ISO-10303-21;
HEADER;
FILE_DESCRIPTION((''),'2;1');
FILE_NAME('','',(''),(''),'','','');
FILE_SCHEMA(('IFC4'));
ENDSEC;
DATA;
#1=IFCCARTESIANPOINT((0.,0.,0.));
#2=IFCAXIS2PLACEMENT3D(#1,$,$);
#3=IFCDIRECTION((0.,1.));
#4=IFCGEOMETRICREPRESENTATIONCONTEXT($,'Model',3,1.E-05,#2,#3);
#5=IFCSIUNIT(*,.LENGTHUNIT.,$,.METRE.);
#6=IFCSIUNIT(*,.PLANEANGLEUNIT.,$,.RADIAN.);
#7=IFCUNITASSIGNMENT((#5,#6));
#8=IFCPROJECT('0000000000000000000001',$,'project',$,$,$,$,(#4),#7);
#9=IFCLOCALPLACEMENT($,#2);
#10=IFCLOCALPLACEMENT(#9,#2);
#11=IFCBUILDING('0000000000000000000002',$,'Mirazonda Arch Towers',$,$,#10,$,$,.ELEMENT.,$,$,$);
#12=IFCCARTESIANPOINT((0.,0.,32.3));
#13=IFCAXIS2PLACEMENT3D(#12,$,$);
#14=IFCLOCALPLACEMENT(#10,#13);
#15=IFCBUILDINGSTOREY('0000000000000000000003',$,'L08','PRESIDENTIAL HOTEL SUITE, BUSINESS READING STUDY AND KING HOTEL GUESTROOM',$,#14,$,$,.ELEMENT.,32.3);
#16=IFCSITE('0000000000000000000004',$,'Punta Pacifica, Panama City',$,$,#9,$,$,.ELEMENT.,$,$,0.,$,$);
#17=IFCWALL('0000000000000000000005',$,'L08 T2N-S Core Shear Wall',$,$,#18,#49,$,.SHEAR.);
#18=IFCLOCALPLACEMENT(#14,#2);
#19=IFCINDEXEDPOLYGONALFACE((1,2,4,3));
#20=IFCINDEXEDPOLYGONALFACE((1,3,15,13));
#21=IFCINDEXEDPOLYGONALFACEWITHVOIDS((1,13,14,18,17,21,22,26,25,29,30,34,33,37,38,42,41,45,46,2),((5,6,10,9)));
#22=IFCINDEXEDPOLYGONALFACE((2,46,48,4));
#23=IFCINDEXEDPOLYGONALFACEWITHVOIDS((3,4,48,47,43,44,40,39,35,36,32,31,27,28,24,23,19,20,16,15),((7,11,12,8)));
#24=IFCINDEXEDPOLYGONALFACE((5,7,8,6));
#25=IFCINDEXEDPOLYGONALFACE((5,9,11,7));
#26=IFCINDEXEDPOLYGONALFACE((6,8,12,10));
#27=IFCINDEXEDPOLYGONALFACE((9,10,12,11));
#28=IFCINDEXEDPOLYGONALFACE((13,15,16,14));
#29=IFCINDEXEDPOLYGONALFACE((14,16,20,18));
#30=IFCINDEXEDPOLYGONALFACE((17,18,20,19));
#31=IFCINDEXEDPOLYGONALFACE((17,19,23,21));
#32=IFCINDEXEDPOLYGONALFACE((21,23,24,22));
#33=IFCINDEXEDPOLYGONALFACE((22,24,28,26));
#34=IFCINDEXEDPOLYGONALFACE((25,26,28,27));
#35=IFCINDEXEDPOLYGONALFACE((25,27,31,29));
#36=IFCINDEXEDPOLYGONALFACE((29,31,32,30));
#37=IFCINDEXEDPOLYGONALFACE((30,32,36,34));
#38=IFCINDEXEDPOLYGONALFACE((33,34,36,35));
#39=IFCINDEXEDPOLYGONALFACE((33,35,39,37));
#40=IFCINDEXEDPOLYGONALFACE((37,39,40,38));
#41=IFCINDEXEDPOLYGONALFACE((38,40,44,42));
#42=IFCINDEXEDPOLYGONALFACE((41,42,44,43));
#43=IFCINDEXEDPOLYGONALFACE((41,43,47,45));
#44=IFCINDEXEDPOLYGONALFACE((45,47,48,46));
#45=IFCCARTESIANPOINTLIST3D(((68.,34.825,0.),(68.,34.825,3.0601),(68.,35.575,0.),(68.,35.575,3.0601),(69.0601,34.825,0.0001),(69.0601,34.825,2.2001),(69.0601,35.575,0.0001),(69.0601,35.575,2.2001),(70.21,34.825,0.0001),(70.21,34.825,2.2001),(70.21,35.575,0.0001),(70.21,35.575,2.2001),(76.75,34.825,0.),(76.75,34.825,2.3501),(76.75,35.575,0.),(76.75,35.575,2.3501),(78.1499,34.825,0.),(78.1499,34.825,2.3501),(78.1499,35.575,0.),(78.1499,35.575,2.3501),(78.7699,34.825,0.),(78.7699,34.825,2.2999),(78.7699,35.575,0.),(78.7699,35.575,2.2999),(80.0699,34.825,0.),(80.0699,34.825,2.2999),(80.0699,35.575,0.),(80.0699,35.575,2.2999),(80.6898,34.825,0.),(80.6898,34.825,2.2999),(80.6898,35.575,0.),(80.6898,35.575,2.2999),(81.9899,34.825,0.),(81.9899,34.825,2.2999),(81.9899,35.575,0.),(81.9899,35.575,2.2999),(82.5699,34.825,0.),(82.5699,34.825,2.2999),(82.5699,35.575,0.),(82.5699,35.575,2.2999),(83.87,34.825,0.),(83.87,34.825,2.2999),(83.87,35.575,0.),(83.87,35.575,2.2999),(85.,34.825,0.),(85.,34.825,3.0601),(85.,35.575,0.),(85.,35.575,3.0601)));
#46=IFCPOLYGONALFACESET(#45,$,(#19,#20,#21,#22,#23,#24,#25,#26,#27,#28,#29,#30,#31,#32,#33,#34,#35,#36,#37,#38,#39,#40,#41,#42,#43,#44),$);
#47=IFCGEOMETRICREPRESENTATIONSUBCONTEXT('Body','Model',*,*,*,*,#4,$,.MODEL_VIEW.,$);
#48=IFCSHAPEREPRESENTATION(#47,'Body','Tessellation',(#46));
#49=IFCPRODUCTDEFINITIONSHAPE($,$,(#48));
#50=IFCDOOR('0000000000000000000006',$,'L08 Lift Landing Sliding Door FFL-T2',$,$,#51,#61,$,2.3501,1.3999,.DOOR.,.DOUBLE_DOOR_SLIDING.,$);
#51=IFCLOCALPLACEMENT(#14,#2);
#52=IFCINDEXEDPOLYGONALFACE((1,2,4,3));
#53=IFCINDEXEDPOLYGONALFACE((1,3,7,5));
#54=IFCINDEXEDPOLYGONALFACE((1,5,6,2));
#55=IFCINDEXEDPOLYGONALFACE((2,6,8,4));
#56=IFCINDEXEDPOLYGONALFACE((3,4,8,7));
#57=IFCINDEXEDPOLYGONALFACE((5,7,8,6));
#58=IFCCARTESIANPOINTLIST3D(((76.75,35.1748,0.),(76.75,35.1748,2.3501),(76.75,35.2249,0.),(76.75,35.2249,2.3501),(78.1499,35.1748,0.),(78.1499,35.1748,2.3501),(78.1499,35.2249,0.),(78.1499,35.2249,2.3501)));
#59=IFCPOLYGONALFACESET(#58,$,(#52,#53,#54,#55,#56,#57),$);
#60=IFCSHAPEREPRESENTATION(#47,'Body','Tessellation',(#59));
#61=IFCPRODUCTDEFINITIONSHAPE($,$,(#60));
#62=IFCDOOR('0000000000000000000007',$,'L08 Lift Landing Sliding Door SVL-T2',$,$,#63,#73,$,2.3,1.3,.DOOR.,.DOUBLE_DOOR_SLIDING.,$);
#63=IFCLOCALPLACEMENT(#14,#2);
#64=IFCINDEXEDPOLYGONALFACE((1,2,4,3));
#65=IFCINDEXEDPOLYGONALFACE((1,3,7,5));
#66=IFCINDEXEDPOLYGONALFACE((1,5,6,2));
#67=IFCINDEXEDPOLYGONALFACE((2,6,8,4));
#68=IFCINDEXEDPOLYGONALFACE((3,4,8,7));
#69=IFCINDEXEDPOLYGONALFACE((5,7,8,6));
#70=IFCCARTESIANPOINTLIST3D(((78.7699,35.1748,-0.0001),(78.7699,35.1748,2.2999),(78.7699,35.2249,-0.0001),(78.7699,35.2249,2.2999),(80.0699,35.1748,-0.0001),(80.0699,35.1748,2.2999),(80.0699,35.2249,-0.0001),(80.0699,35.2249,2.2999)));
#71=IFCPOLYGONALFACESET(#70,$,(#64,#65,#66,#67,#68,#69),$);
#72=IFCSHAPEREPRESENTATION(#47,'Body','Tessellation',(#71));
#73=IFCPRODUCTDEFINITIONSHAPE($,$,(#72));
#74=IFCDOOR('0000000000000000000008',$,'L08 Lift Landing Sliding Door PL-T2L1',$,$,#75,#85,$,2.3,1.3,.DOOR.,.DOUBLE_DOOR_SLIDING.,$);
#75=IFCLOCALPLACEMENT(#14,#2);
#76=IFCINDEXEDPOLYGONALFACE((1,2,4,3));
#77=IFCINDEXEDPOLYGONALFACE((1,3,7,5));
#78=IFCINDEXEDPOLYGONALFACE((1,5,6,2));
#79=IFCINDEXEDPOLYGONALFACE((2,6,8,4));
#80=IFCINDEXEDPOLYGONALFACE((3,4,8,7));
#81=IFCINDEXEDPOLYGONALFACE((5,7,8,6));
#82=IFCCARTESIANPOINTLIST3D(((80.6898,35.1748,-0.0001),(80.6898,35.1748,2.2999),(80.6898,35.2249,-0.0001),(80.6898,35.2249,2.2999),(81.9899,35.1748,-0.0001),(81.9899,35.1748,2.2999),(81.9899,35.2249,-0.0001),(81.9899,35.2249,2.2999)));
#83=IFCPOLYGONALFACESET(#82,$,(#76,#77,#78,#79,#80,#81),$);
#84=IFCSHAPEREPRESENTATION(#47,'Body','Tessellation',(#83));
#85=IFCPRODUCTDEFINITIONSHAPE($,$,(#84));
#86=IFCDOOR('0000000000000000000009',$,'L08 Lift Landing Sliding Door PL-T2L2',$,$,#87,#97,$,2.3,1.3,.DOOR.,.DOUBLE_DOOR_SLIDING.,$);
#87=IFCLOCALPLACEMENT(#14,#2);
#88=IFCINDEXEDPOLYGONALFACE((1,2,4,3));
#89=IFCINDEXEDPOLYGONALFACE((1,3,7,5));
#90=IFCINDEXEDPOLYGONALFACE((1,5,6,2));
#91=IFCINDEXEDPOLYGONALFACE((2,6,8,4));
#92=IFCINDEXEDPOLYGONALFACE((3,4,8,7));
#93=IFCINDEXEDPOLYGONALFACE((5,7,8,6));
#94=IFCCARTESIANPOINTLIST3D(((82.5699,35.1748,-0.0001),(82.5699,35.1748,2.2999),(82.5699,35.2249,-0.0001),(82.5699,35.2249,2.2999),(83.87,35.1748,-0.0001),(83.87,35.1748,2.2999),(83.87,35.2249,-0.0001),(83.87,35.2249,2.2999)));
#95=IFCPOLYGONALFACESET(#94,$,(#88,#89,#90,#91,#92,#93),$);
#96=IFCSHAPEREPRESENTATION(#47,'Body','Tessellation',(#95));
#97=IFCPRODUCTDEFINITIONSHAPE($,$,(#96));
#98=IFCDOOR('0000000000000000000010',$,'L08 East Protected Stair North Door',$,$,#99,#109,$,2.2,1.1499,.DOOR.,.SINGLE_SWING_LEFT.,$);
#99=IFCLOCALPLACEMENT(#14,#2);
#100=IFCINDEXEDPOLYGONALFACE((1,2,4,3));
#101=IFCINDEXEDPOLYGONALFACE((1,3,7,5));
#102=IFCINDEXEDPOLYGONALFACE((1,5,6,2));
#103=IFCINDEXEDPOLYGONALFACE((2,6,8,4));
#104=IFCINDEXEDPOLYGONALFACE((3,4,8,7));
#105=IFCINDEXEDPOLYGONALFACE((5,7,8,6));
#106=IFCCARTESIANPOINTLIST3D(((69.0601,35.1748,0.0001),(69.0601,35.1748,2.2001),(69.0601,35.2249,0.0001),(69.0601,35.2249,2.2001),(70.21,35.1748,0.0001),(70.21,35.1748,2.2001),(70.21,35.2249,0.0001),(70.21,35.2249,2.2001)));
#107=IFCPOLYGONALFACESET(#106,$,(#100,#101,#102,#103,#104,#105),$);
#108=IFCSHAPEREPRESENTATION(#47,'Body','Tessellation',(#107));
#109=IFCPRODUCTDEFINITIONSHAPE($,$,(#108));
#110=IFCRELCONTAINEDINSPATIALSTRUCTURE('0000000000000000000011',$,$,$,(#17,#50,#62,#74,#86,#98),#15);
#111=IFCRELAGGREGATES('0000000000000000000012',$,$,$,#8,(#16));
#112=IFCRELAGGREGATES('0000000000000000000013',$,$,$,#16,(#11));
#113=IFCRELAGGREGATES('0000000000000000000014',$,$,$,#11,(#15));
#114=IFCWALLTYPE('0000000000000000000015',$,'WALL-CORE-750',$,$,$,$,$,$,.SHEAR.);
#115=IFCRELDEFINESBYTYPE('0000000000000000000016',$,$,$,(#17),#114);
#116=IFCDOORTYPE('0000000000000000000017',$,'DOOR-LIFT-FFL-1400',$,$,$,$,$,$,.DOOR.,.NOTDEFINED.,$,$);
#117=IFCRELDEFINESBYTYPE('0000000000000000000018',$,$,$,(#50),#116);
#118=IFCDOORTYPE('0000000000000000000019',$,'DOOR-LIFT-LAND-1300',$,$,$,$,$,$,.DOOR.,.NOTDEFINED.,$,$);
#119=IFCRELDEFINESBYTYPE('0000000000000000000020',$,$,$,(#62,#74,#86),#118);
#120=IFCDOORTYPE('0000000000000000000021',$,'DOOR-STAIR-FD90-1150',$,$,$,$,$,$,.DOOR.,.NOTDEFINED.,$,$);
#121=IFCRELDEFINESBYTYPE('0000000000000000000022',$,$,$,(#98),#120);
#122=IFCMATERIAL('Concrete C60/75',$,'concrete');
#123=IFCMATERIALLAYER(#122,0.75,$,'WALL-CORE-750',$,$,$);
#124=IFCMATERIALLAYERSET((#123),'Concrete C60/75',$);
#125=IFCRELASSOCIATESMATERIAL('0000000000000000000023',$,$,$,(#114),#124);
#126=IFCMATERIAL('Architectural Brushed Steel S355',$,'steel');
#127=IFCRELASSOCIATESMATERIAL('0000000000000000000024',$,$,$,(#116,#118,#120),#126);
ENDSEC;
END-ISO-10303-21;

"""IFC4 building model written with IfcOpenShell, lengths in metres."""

from ifc_helpers import new_model, si_unit, direction, frame, frame_2d, origin, place, context, subcontext, project, spatial, rectangle, extrude, material, layer, layer_set, type_object, element, fill, save


model = new_model("IFC4")

# Units and contexts
model_context = context("Model", 3, precision=1e-05, world=origin(), true_north=direction((0.0, 1.0)))
body_context = subcontext(model_context, "Body", "Model", "MODEL_VIEW")
ifc_project = project(units=[si_unit("LENGTHUNIT", "METRE"), si_unit("PLANEANGLEUNIT", "RADIAN")], contexts=[model_context])

# Site, building, storey
site_placement = place(None, origin())
site = spatial("IfcSite", under=ifc_project, at=site_placement, Name="Punta Pacifica, Panama City", CompositionType="ELEMENT", RefElevation=0.0)
building_placement = place(site_placement, origin())
building = spatial("IfcBuilding", under=site, at=building_placement, Name="Mirazonda Arch Towers", CompositionType="ELEMENT")
storey_placement = place(building_placement, frame((0.0, 0.0, 32.3)))
storey = spatial("IfcBuildingStorey", under=building, at=storey_placement, Name="L08", Description="PRESIDENTIAL HOTEL SUITE, BUSINESS READING STUDY AND KING HOTEL GUESTROOM", CompositionType="ELEMENT", Elevation=32.3)

# Shared definitions
ifc_material_1 = material(Name="Concrete C60/75", Category="concrete")

# Shared definitions
ifc_layer_1 = layer(ifc_material_1, 0.75, Name="WALL-CORE-750")
ifc_layer_set_1 = layer_set([ifc_layer_1], Name="Concrete C60/75")
wall_type_1 = type_object("IfcWallType", Name="WALL-CORE-750", PredefinedType="SHEAR", material=ifc_layer_set_1)

# Wall, openings, doors
wall_1_placement = place(storey_placement, frame((68.0, 35.2, 0.0), z_axis=(0.0, 0.0, 1.0), x_axis=(1.0, 0.0, 0.0)))
wall_1 = element("IfcWall", 1, at=wall_1_placement, inside=storey, type_object=wall_type_1, Name="L08 T2N-S Core Shear Wall", PredefinedType="SHEAR", context=body_context, shape_type="SweptSolid", body=[
    extrude(rectangle(XDim=17.0, YDim=0.75, at=frame_2d((8.5, 0.0))), origin(), (0.0, 0.0, 1.0), 3.0601),
])
opening_1_placement = place(wall_1_placement, frame((1.0601, 0.0, 0.0)))
opening_1 = element("IfcOpeningElement", 2, at=opening_1_placement, cuts=wall_1, PredefinedType="OPENING", context=body_context, shape_type="SweptSolid", body=[
    extrude(rectangle(XDim=1.1499, YDim=2.2, at=frame_2d((0.575, 1.1001))), frame((0.0, 0.385, 0.0), z_axis=(0.0, -1.0, 0.0), x_axis=(1.0, 0.0, 0.0)), (0.0, 0.0, 1.0), 0.77),
])
opening_2_placement = place(wall_1_placement, frame((8.75, 0.0, 0.0)))
opening_2 = element("IfcOpeningElement", 3, at=opening_2_placement, cuts=wall_1, PredefinedType="OPENING", context=body_context, shape_type="SweptSolid", body=[
    extrude(rectangle(XDim=1.3999, YDim=2.3501, at=frame_2d((0.7, 1.175))), frame((0.0, 0.385, 0.0), z_axis=(0.0, -1.0, 0.0), x_axis=(1.0, 0.0, 0.0)), (0.0, 0.0, 1.0), 0.77),
])
opening_3_placement = place(wall_1_placement, frame((10.77, 0.0, 0.0)))
opening_3 = element("IfcOpeningElement", 4, at=opening_3_placement, cuts=wall_1, PredefinedType="OPENING", context=body_context, shape_type="SweptSolid", body=[
    extrude(rectangle(XDim=1.3, YDim=2.3, at=frame_2d((0.6499, 1.1499))), frame((0.0, 0.385, 0.0), z_axis=(0.0, -1.0, 0.0), x_axis=(1.0, 0.0, 0.0)), (0.0, 0.0, 1.0), 0.77),
])
opening_4_placement = place(wall_1_placement, frame((12.6899, 0.0, 0.0)))
opening_4 = element("IfcOpeningElement", 5, at=opening_4_placement, cuts=wall_1, PredefinedType="OPENING", context=body_context, shape_type="SweptSolid", body=[
    extrude(rectangle(XDim=1.3, YDim=2.3, at=frame_2d((0.6499, 1.1499))), frame((0.0, 0.385, 0.0), z_axis=(0.0, -1.0, 0.0), x_axis=(1.0, 0.0, 0.0)), (0.0, 0.0, 1.0), 0.77),
])
opening_5_placement = place(wall_1_placement, frame((14.5701, 0.0, 0.0)))
opening_5 = element("IfcOpeningElement", 6, at=opening_5_placement, cuts=wall_1, PredefinedType="OPENING", context=body_context, shape_type="SweptSolid", body=[
    extrude(rectangle(XDim=1.3, YDim=2.3, at=frame_2d((0.6499, 1.1499))), frame((0.0, 0.385, 0.0), z_axis=(0.0, -1.0, 0.0), x_axis=(1.0, 0.0, 0.0)), (0.0, 0.0, 1.0), 0.77),
])
ifc_material_2 = material(Name="Architectural Brushed Steel S355", Category="steel")
door_type_1 = type_object("IfcDoorType", Name="DOOR-LIFT-FFL-1400", OperationType="NOTDEFINED", PredefinedType="DOOR", material=ifc_material_2)
door_1_placement = place(opening_2_placement, origin())
door_1 = element("IfcDoor", 7, at=door_1_placement, inside=storey, type_object=door_type_1, Name="L08 Lift Landing Sliding Door FFL-T2", OperationType="DOUBLE_DOOR_SLIDING", OverallHeight=2.3501, OverallWidth=1.3999, PredefinedType="DOOR", context=body_context, shape_type="SweptSolid", body=[
    extrude(rectangle(XDim=1.3999, YDim=2.3501, at=frame_2d((0.7, 1.175))), frame((0.0, 0.0249, 0.0), z_axis=(0.0, -1.0, 0.0), x_axis=(1.0, 0.0, 0.0)), (0.0, 0.0, 1.0), 0.05),
])
fill(opening_2, door_1)
door_type_2 = type_object("IfcDoorType", Name="DOOR-LIFT-LAND-1300", OperationType="NOTDEFINED", PredefinedType="DOOR", material=ifc_material_2)
door_2_placement = place(opening_3_placement, origin())
door_2 = element("IfcDoor", 8, at=door_2_placement, inside=storey, type_object=door_type_2, Name="L08 Lift Landing Sliding Door SVL-T2", OperationType="DOUBLE_DOOR_SLIDING", OverallHeight=2.3, OverallWidth=1.3, PredefinedType="DOOR", context=body_context, shape_type="SweptSolid", body=[
    extrude(rectangle(XDim=1.3, YDim=2.3, at=frame_2d((0.6499, 1.1499))), frame((0.0, 0.0249, 0.0), z_axis=(0.0, -1.0, 0.0), x_axis=(1.0, 0.0, 0.0)), (0.0, 0.0, 1.0), 0.05),
])
fill(opening_3, door_2)
door_3_placement = place(opening_4_placement, origin())
door_3 = element("IfcDoor", 9, at=door_3_placement, inside=storey, type_object=door_type_2, Name="L08 Lift Landing Sliding Door PL-T2L1", OperationType="DOUBLE_DOOR_SLIDING", OverallHeight=2.3, OverallWidth=1.3, PredefinedType="DOOR", context=body_context, shape_type="SweptSolid", body=[
    extrude(rectangle(XDim=1.3, YDim=2.3, at=frame_2d((0.6499, 1.1499))), frame((0.0, 0.0249, 0.0), z_axis=(0.0, -1.0, 0.0), x_axis=(1.0, 0.0, 0.0)), (0.0, 0.0, 1.0), 0.05),
])
fill(opening_4, door_3)
door_4_placement = place(opening_5_placement, origin())
door_4 = element("IfcDoor", 10, at=door_4_placement, inside=storey, type_object=door_type_2, Name="L08 Lift Landing Sliding Door PL-T2L2", OperationType="DOUBLE_DOOR_SLIDING", OverallHeight=2.3, OverallWidth=1.3, PredefinedType="DOOR", context=body_context, shape_type="SweptSolid", body=[
    extrude(rectangle(XDim=1.3, YDim=2.3, at=frame_2d((0.6499, 1.1499))), frame((0.0, 0.0249, 0.0), z_axis=(0.0, -1.0, 0.0), x_axis=(1.0, 0.0, 0.0)), (0.0, 0.0, 1.0), 0.05),
])
fill(opening_5, door_4)
door_type_3 = type_object("IfcDoorType", Name="DOOR-STAIR-FD90-1150", OperationType="NOTDEFINED", PredefinedType="DOOR", material=ifc_material_2)
door_5_placement = place(opening_1_placement, origin())
door_5 = element("IfcDoor", 11, at=door_5_placement, inside=storey, type_object=door_type_3, Name="L08 East Protected Stair North Door", OperationType="SINGLE_SWING_LEFT", OverallHeight=2.2, OverallWidth=1.1499, PredefinedType="DOOR", context=body_context, shape_type="SweptSolid", body=[
    extrude(rectangle(XDim=1.1499, YDim=2.2, at=frame_2d((0.575, 1.1001))), frame((0.0, 0.0249, 0.0), z_axis=(0.0, -1.0, 0.0), x_axis=(1.0, 0.0, 0.0)), (0.0, 0.0, 1.0), 0.05),
])
fill(opening_1, door_5)

save(model, "model.ifc")
